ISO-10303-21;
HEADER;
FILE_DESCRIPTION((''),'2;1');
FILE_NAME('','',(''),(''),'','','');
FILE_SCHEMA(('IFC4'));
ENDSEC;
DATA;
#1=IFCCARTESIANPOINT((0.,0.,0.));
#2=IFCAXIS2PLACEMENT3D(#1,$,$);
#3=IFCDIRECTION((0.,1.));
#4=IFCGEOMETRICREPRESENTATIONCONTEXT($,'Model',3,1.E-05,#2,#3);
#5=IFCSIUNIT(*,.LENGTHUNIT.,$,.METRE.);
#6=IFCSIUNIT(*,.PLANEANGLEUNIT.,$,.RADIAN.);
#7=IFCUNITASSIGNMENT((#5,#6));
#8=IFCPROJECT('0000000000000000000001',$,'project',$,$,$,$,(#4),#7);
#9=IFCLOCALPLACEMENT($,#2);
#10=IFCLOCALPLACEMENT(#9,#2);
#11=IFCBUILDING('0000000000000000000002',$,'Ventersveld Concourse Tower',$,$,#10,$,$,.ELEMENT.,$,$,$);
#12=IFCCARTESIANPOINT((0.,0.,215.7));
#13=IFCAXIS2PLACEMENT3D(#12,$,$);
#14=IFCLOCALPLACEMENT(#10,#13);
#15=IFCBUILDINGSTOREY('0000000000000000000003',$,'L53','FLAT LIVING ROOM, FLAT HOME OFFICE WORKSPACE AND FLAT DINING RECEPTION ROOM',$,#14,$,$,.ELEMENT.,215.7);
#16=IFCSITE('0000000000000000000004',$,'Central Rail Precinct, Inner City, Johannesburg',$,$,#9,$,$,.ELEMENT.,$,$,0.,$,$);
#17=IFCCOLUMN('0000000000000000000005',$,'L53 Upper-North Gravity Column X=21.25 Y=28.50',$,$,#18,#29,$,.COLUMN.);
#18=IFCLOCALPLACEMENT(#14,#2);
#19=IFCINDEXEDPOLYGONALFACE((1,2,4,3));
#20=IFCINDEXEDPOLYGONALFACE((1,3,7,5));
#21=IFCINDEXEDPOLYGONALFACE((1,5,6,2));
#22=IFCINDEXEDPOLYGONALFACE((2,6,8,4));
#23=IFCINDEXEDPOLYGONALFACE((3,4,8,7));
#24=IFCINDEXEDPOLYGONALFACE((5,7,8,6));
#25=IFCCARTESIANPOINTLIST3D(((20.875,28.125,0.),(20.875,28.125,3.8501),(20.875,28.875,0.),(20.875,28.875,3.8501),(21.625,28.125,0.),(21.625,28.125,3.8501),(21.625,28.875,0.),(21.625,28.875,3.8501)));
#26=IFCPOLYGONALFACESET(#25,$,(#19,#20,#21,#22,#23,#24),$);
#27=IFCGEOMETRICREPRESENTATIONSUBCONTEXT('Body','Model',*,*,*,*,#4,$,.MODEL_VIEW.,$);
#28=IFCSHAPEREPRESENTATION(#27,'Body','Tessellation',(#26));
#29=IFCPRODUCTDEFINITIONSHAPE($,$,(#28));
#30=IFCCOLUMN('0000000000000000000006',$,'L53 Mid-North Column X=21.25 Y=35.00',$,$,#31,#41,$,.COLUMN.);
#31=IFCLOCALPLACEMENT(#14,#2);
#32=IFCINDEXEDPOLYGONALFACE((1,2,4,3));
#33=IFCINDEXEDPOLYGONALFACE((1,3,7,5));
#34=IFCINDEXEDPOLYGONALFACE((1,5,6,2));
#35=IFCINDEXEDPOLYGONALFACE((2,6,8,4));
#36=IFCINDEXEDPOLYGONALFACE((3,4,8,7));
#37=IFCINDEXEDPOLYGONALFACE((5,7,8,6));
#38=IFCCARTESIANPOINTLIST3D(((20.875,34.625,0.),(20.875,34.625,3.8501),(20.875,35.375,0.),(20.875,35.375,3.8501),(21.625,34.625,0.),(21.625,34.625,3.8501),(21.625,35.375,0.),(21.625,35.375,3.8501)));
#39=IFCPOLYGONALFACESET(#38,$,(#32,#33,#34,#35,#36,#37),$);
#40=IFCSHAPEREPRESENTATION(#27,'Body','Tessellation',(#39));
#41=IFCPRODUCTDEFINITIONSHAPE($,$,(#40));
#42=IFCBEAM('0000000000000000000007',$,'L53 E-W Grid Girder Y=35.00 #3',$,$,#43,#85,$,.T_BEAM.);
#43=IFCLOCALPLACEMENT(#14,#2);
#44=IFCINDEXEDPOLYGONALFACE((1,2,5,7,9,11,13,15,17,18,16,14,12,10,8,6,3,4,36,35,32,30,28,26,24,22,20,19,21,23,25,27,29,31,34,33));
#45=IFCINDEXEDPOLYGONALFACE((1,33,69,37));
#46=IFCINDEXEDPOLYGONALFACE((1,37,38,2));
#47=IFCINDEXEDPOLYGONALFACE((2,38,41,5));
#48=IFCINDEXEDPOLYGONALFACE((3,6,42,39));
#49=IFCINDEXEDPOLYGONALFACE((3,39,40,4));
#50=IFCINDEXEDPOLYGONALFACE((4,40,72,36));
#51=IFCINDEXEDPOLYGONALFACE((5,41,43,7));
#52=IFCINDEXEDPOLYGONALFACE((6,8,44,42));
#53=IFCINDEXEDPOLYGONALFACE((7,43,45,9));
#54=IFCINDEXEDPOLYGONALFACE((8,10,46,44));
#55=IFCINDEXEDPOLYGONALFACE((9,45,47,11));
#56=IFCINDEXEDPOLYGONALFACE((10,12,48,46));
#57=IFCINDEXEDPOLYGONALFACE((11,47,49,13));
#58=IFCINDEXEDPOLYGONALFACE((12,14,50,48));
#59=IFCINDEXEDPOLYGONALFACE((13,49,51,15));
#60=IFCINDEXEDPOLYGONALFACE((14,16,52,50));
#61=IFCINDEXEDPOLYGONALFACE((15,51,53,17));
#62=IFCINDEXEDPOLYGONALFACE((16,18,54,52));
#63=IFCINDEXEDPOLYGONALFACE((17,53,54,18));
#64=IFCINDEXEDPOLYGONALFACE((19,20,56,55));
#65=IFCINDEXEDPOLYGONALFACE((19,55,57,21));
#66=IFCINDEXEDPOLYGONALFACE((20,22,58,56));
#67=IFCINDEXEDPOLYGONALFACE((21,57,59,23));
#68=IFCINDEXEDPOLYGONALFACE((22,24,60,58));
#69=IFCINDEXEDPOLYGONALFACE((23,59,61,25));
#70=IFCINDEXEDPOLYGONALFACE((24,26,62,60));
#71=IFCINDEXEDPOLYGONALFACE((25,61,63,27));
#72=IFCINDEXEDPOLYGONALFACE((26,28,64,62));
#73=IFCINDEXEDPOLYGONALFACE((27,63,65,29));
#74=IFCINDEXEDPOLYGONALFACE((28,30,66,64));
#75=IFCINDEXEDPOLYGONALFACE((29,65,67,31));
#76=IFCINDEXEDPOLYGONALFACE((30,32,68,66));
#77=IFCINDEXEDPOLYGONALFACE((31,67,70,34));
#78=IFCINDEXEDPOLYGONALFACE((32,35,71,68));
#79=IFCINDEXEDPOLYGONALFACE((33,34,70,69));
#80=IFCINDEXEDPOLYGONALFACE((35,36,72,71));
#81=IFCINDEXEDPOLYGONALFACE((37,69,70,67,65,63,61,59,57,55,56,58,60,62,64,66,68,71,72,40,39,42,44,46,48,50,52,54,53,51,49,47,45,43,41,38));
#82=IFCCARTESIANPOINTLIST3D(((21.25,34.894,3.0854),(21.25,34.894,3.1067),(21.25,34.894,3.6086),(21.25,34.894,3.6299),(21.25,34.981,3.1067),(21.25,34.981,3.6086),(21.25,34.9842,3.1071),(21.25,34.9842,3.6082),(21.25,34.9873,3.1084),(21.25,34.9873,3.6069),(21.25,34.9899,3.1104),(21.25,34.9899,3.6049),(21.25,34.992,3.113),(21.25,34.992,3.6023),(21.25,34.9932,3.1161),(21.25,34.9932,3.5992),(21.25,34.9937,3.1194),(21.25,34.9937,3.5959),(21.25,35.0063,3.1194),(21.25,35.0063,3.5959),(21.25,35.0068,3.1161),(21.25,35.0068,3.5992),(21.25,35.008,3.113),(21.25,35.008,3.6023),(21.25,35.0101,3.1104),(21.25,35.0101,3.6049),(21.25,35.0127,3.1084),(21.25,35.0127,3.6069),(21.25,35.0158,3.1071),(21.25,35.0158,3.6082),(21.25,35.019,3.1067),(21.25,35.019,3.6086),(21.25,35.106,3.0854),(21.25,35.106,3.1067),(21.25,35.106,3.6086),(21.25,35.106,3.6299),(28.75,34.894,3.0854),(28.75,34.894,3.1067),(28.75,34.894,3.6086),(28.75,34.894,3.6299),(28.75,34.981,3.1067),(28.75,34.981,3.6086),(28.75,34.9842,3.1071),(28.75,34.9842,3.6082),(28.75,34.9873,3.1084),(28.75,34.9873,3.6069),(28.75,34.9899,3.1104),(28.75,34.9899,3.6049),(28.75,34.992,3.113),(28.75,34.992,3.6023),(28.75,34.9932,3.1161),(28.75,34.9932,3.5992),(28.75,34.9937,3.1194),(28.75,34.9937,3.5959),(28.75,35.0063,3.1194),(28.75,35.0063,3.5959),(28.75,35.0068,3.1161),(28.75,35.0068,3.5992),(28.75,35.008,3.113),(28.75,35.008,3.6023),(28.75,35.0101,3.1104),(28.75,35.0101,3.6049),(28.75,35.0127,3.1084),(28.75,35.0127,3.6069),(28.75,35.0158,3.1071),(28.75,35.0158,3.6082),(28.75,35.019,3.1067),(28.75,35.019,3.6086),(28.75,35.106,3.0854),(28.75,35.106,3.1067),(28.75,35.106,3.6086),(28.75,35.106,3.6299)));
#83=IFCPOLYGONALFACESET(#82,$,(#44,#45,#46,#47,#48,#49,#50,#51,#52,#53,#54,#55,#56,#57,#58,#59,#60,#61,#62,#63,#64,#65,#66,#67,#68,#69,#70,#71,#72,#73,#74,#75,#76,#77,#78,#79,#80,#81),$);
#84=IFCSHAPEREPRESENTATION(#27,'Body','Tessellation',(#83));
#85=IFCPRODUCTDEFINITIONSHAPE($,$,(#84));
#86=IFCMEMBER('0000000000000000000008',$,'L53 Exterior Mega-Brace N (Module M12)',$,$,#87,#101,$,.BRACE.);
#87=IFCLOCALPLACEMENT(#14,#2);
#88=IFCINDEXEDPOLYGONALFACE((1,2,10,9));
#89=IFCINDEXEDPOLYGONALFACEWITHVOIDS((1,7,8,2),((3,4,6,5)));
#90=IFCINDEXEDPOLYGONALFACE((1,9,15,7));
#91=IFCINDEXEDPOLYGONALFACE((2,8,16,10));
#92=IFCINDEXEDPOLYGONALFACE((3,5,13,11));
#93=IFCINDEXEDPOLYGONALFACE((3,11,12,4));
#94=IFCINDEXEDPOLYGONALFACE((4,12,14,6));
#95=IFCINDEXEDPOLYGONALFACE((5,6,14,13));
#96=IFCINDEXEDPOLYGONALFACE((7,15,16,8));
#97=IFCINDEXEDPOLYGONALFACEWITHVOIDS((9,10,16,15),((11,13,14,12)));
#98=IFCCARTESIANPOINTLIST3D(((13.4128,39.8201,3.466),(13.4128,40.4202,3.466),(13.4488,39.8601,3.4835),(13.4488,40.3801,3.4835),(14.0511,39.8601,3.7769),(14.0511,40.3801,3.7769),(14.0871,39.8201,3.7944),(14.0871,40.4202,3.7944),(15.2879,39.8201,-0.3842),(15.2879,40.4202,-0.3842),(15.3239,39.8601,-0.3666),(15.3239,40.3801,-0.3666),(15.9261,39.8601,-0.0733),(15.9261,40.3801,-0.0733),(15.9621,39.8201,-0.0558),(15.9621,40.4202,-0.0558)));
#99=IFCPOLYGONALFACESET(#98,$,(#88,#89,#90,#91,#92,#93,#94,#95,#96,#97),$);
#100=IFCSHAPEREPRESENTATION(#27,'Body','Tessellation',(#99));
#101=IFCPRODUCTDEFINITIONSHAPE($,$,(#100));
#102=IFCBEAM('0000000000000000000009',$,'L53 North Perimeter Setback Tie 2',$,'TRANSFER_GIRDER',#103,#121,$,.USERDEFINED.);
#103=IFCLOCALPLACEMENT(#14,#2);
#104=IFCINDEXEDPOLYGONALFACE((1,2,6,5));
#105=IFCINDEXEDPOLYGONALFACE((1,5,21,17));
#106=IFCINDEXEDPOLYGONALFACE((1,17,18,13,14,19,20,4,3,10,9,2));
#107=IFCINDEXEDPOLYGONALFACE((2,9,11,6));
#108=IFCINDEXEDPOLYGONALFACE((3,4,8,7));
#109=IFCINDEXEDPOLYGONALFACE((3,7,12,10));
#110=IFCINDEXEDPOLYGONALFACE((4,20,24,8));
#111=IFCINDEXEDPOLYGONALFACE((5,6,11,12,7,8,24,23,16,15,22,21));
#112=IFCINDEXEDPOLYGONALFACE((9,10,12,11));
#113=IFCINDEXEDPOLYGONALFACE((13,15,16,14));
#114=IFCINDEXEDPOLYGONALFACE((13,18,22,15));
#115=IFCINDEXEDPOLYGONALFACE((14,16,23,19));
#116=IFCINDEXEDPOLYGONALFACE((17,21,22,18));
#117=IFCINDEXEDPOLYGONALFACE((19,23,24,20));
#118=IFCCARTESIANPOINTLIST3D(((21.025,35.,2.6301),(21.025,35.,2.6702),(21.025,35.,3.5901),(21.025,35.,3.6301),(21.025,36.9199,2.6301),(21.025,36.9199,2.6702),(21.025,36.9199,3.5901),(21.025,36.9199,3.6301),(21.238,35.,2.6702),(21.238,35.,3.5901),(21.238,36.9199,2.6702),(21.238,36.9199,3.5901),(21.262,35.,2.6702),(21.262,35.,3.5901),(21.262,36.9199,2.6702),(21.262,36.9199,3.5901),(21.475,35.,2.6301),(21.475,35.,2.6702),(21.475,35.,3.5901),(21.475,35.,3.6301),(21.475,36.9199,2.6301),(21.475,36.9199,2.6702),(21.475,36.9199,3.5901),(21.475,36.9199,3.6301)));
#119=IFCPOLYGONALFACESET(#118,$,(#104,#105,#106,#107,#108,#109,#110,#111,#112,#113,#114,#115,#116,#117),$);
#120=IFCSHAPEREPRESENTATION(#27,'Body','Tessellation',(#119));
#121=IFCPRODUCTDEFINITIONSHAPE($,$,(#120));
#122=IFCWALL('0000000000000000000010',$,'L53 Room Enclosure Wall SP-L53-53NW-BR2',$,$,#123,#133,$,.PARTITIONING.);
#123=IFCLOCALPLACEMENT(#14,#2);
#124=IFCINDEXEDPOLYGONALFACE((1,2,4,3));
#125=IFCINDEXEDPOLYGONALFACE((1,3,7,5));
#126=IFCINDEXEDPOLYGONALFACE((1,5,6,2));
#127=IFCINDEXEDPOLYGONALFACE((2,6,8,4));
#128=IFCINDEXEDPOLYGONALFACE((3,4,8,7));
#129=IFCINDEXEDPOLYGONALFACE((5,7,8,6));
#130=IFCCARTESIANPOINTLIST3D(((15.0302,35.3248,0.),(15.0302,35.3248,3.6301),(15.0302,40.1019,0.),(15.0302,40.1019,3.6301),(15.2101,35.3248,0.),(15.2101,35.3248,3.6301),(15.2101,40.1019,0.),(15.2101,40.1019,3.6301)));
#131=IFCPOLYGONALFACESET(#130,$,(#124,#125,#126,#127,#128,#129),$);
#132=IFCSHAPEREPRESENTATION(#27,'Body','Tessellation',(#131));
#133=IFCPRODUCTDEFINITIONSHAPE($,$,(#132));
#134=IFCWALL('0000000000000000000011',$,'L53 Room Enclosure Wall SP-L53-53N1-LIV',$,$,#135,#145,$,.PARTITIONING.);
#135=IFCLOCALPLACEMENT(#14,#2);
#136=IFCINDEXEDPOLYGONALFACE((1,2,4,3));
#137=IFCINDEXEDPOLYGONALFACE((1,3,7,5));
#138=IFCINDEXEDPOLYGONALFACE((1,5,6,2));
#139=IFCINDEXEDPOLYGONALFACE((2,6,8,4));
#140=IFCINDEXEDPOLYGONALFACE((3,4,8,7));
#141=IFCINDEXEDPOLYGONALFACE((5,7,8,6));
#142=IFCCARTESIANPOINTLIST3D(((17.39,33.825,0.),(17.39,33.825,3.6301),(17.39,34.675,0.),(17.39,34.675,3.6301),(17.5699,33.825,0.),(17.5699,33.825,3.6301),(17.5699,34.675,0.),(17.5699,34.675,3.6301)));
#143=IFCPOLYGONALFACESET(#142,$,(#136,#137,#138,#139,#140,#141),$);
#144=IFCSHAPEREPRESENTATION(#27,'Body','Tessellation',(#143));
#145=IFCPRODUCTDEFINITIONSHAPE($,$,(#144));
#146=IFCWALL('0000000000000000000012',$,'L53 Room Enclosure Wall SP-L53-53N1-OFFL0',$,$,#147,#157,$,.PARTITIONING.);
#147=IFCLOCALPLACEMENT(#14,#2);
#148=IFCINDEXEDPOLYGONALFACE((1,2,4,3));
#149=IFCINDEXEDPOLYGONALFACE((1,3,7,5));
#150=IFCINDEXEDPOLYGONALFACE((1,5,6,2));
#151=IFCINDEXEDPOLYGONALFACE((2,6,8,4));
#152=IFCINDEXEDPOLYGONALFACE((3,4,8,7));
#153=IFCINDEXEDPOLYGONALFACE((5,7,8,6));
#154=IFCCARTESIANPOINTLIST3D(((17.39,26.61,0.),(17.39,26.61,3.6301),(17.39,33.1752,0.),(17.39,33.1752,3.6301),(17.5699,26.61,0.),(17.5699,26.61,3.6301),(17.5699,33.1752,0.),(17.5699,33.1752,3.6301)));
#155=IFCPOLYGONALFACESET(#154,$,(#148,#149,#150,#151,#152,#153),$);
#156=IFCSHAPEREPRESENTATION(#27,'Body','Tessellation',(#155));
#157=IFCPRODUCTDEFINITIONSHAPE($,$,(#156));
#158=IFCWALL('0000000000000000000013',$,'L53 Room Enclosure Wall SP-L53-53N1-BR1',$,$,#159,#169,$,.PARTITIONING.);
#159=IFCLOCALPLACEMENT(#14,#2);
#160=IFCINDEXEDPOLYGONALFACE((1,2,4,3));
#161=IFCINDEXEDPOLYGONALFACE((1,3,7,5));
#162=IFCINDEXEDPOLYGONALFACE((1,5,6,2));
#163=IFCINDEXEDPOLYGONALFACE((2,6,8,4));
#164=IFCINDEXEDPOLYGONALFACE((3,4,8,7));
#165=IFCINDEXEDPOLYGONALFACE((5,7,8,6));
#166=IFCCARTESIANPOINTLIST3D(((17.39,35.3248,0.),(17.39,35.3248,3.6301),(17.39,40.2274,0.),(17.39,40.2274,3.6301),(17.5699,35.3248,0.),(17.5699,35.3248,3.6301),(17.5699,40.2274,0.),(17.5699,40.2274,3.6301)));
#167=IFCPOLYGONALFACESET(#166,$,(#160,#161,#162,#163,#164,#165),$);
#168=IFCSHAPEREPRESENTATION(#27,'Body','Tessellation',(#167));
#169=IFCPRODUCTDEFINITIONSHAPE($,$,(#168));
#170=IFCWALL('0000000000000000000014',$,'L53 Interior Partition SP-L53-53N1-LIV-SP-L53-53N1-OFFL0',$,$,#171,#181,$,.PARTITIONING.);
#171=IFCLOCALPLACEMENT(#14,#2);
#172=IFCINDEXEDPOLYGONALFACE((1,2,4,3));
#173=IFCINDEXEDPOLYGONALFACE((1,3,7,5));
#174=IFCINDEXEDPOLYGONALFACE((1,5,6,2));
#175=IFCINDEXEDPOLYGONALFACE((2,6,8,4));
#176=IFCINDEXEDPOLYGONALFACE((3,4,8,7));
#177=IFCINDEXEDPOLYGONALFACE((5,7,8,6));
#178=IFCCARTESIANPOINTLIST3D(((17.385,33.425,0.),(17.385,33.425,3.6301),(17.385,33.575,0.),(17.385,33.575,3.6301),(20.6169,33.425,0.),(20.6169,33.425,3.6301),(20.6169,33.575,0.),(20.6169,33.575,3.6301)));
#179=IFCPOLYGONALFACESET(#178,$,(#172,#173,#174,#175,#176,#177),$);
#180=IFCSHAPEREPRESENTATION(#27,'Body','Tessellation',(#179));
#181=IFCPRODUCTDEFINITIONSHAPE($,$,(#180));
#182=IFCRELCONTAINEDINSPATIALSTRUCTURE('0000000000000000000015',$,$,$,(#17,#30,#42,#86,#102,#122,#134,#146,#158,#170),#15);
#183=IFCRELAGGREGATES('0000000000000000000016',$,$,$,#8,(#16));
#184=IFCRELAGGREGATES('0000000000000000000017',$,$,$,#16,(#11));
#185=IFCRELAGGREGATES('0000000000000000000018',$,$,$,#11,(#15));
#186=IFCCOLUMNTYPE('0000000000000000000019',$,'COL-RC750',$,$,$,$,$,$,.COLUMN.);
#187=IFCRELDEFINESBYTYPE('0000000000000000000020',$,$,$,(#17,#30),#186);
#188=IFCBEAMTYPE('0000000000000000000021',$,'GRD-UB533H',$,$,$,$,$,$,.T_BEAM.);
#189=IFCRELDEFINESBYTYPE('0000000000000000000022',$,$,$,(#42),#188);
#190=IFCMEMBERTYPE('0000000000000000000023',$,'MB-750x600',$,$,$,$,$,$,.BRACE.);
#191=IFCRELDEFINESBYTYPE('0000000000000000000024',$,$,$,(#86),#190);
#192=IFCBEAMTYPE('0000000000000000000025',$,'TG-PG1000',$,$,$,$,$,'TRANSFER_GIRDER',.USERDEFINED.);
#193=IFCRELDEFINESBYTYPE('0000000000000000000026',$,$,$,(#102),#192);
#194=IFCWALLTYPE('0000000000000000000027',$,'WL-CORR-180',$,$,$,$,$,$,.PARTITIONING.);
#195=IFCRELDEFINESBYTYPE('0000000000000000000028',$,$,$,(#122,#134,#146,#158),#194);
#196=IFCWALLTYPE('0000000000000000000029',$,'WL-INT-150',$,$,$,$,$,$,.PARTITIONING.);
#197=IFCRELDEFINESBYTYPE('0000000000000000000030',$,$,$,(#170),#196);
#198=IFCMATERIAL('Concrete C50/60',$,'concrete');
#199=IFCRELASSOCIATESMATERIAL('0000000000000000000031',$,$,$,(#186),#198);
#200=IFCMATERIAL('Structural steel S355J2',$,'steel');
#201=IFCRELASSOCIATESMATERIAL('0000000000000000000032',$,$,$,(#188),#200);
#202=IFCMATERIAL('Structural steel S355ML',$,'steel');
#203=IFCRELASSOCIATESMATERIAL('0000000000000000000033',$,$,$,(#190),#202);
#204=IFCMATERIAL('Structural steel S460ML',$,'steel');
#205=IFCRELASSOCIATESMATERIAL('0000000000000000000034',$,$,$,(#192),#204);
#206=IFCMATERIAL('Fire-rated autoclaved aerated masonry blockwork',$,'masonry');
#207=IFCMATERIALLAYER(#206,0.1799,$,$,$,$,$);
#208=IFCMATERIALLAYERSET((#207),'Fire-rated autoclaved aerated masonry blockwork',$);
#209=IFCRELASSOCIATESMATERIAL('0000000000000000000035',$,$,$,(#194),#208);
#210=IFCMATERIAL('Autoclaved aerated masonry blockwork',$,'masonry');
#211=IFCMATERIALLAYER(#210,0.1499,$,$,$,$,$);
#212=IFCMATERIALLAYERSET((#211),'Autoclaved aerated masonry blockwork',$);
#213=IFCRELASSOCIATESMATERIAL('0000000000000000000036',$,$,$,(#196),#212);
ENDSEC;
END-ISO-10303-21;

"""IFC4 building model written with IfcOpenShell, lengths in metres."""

from ifc_helpers import new_model, si_unit, direction, frame, frame_2d, origin, origin_2d, place, context, subcontext, project, spatial, rectangle, hollow_rectangle, i_section, extrude, material, layer, layer_set, material_profile, profile_set, type_object, element, save


model = new_model("IFC4")

# Units and contexts
model_context = context("Model", 3, precision=1e-05, world=origin(), true_north=direction((0.0, 1.0)))
body_context = subcontext(model_context, "Body", "Model", "MODEL_VIEW")
ifc_project = project(units=[si_unit("LENGTHUNIT", "METRE"), si_unit("PLANEANGLEUNIT", "RADIAN")], contexts=[model_context])

# Site, building, storey
site_placement = place(None, origin())
site = spatial("IfcSite", under=ifc_project, at=site_placement, Name="Central Rail Precinct, Inner City, Johannesburg", CompositionType="ELEMENT", RefElevation=0.0)
building_placement = place(site_placement, origin())
building = spatial("IfcBuilding", under=site, at=building_placement, Name="Ventersveld Concourse Tower", CompositionType="ELEMENT")
storey_placement = place(building_placement, frame((0.0, 0.0, 215.7)))
storey = spatial("IfcBuildingStorey", under=building, at=storey_placement, Name="L53", Description="FLAT LIVING ROOM, FLAT HOME OFFICE WORKSPACE AND FLAT DINING RECEPTION ROOM", CompositionType="ELEMENT", Elevation=215.7)

# Columns
ifc_material_1 = material(Name="Concrete C50/60", Category="concrete")
ifc_material_profile_1 = material_profile(ifc_material_1, rectangle(XDim=0.75, YDim=0.75, at=origin_2d()), Name="RC 750x750")
ifc_profile_set_1 = profile_set([ifc_material_profile_1], Name="Concrete C50/60")
column_type = type_object("IfcColumnType", Name="COL-RC750", PredefinedType="COLUMN", material=ifc_profile_set_1)
for number, where, z_axis, x_axis, name in (
    (1, (21.25, 28.5, 0.0), (0.0, 0.0, 1.0), (1.0, 0.0, 0.0), "L53 Upper-North Gravity Column X=21.25 Y=28.50"),
    (2, (21.25, 35.0, 0.0), (0.0, 0.0, 1.0), (1.0, 0.0, 0.0), "L53 Mid-North Column X=21.25 Y=35.00"),
):
    element("IfcColumn", number, at=place(storey_placement, frame(where, z_axis=z_axis, x_axis=x_axis)), inside=storey, type_object=column_type, Name=name, PredefinedType="COLUMN", context=body_context, shape_type="SweptSolid", body=[
        extrude(rectangle(XDim=0.75, YDim=0.75, at=origin_2d()), origin(), (0.0, 0.0, 1.0), 3.8501),
    ])

# Beam
ifc_material_2 = material(Name="Structural steel S355J2", Category="steel")
ifc_material_profile_2 = material_profile(ifc_material_2, i_section(OverallWidth=0.2119, OverallDepth=0.5444, WebThickness=0.0127, FlangeThickness=0.0212, FilletRadius=0.0127, at=origin_2d()), Name="UB 533x210x122")
ifc_profile_set_2 = profile_set([ifc_material_profile_2], Name="Structural steel S355J2")
beam_type_1 = type_object("IfcBeamType", Name="GRD-UB533H", PredefinedType="T_BEAM", material=ifc_profile_set_2)
beam_1_placement = place(storey_placement, frame((21.25, 35.0, 3.3577), z_axis=(1.0, 0.0, 0.0), x_axis=(0.0, 1.0, 0.0)))
element("IfcBeam", 3, at=beam_1_placement, inside=storey, type_object=beam_type_1, Name="L53 E-W Grid Girder Y=35.00 #3", PredefinedType="T_BEAM", context=body_context, shape_type="SweptSolid", body=[
    extrude(i_section(OverallWidth=0.2119, OverallDepth=0.5444, WebThickness=0.0127, FlangeThickness=0.0212, FilletRadius=0.0127, at=origin_2d()), origin(), (0.0, 0.0, 1.0), 7.5),
])

# Member
ifc_material_3 = material(Name="Structural steel S355ML", Category="steel")
ifc_material_profile_3 = material_profile(ifc_material_3, hollow_rectangle(XDim=0.6001, YDim=0.75, WallThickness=0.04, at=origin_2d()), Name="BOX 750x600x40")
ifc_profile_set_3 = profile_set([ifc_material_profile_3], Name="Structural steel S355ML")
member_type = type_object("IfcMemberType", Name="MB-750x600", PredefinedType="BRACE", material=ifc_profile_set_3)
member_placement = place(storey_placement, frame((15.625, 40.1201, -0.22), z_axis=(-0.437839, 0.0, 0.899053), x_axis=(0.0, -1.0, 0.0)))
element("IfcMember", 4, at=member_placement, inside=storey, type_object=member_type, Name="L53 Exterior Mega-Brace N (Module M12)", PredefinedType="BRACE", context=body_context, shape_type="SweptSolid", body=[
    extrude(hollow_rectangle(XDim=0.6001, YDim=0.75, WallThickness=0.04, at=origin_2d()), origin(), (0.0, 0.0, 1.0), 4.2825),
])

# Beam
ifc_material_4 = material(Name="Structural steel S460ML", Category="steel")
ifc_material_profile_4 = material_profile(ifc_material_4, i_section(OverallWidth=0.45, OverallDepth=1.0, WebThickness=0.0239, FlangeThickness=0.04, at=origin_2d()), Name="PG 1000x450x40")
ifc_profile_set_4 = profile_set([ifc_material_profile_4], Name="Structural steel S460ML")
beam_type_2 = type_object("IfcBeamType", Name="TG-PG1000", ElementType="TRANSFER_GIRDER", PredefinedType="USERDEFINED", material=ifc_profile_set_4)
beam_2_placement = place(storey_placement, frame((21.25, 35.0, 3.1301), z_axis=(0.0, 1.0, 0.0), x_axis=(-1.0, 0.0, 0.0)))
element("IfcBeam", 5, at=beam_2_placement, inside=storey, type_object=beam_type_2, Name="L53 North Perimeter Setback Tie 2", ObjectType="TRANSFER_GIRDER", PredefinedType="USERDEFINED", context=body_context, shape_type="SweptSolid", body=[
    extrude(i_section(OverallWidth=0.45, OverallDepth=1.0, WebThickness=0.0239, FlangeThickness=0.04, at=origin_2d()), origin(), (0.0, 0.0, 1.0), 1.9199),
])

# Walls
ifc_material_5 = material(Name="Fire-rated autoclaved aerated masonry blockwork", Category="masonry")
ifc_layer_1 = layer(ifc_material_5, 0.1799)
ifc_layer_set_1 = layer_set([ifc_layer_1], Name="Fire-rated autoclaved aerated masonry blockwork")
wall_type_1 = type_object("IfcWallType", Name="WL-CORR-180", PredefinedType="PARTITIONING", material=ifc_layer_set_1)
wall_1_placement = place(storey_placement, frame((15.1201, 40.1021, 0.0), z_axis=(0.0, 0.0, 1.0), x_axis=(0.0, -1.0, 0.0)))
element("IfcWall", 6, at=wall_1_placement, inside=storey, type_object=wall_type_1, Name="L53 Room Enclosure Wall SP-L53-53NW-BR2", PredefinedType="PARTITIONING", context=body_context, shape_type="SweptSolid", body=[
    extrude(rectangle(XDim=4.7771, YDim=0.1799, at=frame_2d((2.3887, 0.0))), origin(), (0.0, 0.0, 1.0), 3.6301),
])
wall_2_placement = place(storey_placement, frame((17.48, 33.825, 0.0), z_axis=(0.0, 0.0, 1.0), x_axis=(0.0, 1.0, 0.0)))
element("IfcWall", 7, at=wall_2_placement, inside=storey, type_object=wall_type_1, Name="L53 Room Enclosure Wall SP-L53-53N1-LIV", PredefinedType="PARTITIONING", context=body_context, shape_type="SweptSolid", body=[
    extrude(rectangle(XDim=0.8501, YDim=0.1799, at=frame_2d((0.425, 0.0))), origin(), (0.0, 0.0, 1.0), 3.6301),
])
wall_3_placement = place(storey_placement, frame((17.48, 26.6099, 0.0), z_axis=(0.0, 0.0, 1.0), x_axis=(0.0, 1.0, 0.0)))
element("IfcWall", 8, at=wall_3_placement, inside=storey, type_object=wall_type_1, Name="L53 Room Enclosure Wall SP-L53-53N1-OFFL0", PredefinedType="PARTITIONING", context=body_context, shape_type="SweptSolid", body=[
    extrude(rectangle(XDim=6.5652, YDim=0.1799, at=frame_2d((3.2827, 0.0))), origin(), (0.0, 0.0, 1.0), 3.6301),
])
wall_4_placement = place(storey_placement, frame((17.48, 35.325, 0.0), z_axis=(0.0, 0.0, 1.0), x_axis=(0.0, 1.0, 0.0)))
element("IfcWall", 9, at=wall_4_placement, inside=storey, type_object=wall_type_1, Name="L53 Room Enclosure Wall SP-L53-53N1-BR1", PredefinedType="PARTITIONING", context=body_context, shape_type="SweptSolid", body=[
    extrude(rectangle(XDim=4.9026, YDim=0.1799, at=frame_2d((2.4512, 0.0))), origin(), (0.0, 0.0, 1.0), 3.6301),
])
ifc_material_6 = material(Name="Autoclaved aerated masonry blockwork", Category="masonry")
ifc_layer_2 = layer(ifc_material_6, 0.1499)
ifc_layer_set_2 = layer_set([ifc_layer_2], Name="Autoclaved aerated masonry blockwork")
wall_type_2 = type_object("IfcWallType", Name="WL-INT-150", PredefinedType="PARTITIONING", material=ifc_layer_set_2)
wall_5_placement = place(storey_placement, frame((17.385, 33.5, 0.0), z_axis=(0.0, 0.0, 1.0), x_axis=(1.0, 0.0, 0.0)))
element("IfcWall", 10, at=wall_5_placement, inside=storey, type_object=wall_type_2, Name="L53 Interior Partition SP-L53-53N1-LIV-SP-L53-53N1-OFFL0", PredefinedType="PARTITIONING", context=body_context, shape_type="SweptSolid", body=[
    extrude(rectangle(XDim=3.2319, YDim=0.1499, at=frame_2d((1.616, 0.0))), origin(), (0.0, 0.0, 1.0), 3.6301),
])

save(model, "model.ifc")
